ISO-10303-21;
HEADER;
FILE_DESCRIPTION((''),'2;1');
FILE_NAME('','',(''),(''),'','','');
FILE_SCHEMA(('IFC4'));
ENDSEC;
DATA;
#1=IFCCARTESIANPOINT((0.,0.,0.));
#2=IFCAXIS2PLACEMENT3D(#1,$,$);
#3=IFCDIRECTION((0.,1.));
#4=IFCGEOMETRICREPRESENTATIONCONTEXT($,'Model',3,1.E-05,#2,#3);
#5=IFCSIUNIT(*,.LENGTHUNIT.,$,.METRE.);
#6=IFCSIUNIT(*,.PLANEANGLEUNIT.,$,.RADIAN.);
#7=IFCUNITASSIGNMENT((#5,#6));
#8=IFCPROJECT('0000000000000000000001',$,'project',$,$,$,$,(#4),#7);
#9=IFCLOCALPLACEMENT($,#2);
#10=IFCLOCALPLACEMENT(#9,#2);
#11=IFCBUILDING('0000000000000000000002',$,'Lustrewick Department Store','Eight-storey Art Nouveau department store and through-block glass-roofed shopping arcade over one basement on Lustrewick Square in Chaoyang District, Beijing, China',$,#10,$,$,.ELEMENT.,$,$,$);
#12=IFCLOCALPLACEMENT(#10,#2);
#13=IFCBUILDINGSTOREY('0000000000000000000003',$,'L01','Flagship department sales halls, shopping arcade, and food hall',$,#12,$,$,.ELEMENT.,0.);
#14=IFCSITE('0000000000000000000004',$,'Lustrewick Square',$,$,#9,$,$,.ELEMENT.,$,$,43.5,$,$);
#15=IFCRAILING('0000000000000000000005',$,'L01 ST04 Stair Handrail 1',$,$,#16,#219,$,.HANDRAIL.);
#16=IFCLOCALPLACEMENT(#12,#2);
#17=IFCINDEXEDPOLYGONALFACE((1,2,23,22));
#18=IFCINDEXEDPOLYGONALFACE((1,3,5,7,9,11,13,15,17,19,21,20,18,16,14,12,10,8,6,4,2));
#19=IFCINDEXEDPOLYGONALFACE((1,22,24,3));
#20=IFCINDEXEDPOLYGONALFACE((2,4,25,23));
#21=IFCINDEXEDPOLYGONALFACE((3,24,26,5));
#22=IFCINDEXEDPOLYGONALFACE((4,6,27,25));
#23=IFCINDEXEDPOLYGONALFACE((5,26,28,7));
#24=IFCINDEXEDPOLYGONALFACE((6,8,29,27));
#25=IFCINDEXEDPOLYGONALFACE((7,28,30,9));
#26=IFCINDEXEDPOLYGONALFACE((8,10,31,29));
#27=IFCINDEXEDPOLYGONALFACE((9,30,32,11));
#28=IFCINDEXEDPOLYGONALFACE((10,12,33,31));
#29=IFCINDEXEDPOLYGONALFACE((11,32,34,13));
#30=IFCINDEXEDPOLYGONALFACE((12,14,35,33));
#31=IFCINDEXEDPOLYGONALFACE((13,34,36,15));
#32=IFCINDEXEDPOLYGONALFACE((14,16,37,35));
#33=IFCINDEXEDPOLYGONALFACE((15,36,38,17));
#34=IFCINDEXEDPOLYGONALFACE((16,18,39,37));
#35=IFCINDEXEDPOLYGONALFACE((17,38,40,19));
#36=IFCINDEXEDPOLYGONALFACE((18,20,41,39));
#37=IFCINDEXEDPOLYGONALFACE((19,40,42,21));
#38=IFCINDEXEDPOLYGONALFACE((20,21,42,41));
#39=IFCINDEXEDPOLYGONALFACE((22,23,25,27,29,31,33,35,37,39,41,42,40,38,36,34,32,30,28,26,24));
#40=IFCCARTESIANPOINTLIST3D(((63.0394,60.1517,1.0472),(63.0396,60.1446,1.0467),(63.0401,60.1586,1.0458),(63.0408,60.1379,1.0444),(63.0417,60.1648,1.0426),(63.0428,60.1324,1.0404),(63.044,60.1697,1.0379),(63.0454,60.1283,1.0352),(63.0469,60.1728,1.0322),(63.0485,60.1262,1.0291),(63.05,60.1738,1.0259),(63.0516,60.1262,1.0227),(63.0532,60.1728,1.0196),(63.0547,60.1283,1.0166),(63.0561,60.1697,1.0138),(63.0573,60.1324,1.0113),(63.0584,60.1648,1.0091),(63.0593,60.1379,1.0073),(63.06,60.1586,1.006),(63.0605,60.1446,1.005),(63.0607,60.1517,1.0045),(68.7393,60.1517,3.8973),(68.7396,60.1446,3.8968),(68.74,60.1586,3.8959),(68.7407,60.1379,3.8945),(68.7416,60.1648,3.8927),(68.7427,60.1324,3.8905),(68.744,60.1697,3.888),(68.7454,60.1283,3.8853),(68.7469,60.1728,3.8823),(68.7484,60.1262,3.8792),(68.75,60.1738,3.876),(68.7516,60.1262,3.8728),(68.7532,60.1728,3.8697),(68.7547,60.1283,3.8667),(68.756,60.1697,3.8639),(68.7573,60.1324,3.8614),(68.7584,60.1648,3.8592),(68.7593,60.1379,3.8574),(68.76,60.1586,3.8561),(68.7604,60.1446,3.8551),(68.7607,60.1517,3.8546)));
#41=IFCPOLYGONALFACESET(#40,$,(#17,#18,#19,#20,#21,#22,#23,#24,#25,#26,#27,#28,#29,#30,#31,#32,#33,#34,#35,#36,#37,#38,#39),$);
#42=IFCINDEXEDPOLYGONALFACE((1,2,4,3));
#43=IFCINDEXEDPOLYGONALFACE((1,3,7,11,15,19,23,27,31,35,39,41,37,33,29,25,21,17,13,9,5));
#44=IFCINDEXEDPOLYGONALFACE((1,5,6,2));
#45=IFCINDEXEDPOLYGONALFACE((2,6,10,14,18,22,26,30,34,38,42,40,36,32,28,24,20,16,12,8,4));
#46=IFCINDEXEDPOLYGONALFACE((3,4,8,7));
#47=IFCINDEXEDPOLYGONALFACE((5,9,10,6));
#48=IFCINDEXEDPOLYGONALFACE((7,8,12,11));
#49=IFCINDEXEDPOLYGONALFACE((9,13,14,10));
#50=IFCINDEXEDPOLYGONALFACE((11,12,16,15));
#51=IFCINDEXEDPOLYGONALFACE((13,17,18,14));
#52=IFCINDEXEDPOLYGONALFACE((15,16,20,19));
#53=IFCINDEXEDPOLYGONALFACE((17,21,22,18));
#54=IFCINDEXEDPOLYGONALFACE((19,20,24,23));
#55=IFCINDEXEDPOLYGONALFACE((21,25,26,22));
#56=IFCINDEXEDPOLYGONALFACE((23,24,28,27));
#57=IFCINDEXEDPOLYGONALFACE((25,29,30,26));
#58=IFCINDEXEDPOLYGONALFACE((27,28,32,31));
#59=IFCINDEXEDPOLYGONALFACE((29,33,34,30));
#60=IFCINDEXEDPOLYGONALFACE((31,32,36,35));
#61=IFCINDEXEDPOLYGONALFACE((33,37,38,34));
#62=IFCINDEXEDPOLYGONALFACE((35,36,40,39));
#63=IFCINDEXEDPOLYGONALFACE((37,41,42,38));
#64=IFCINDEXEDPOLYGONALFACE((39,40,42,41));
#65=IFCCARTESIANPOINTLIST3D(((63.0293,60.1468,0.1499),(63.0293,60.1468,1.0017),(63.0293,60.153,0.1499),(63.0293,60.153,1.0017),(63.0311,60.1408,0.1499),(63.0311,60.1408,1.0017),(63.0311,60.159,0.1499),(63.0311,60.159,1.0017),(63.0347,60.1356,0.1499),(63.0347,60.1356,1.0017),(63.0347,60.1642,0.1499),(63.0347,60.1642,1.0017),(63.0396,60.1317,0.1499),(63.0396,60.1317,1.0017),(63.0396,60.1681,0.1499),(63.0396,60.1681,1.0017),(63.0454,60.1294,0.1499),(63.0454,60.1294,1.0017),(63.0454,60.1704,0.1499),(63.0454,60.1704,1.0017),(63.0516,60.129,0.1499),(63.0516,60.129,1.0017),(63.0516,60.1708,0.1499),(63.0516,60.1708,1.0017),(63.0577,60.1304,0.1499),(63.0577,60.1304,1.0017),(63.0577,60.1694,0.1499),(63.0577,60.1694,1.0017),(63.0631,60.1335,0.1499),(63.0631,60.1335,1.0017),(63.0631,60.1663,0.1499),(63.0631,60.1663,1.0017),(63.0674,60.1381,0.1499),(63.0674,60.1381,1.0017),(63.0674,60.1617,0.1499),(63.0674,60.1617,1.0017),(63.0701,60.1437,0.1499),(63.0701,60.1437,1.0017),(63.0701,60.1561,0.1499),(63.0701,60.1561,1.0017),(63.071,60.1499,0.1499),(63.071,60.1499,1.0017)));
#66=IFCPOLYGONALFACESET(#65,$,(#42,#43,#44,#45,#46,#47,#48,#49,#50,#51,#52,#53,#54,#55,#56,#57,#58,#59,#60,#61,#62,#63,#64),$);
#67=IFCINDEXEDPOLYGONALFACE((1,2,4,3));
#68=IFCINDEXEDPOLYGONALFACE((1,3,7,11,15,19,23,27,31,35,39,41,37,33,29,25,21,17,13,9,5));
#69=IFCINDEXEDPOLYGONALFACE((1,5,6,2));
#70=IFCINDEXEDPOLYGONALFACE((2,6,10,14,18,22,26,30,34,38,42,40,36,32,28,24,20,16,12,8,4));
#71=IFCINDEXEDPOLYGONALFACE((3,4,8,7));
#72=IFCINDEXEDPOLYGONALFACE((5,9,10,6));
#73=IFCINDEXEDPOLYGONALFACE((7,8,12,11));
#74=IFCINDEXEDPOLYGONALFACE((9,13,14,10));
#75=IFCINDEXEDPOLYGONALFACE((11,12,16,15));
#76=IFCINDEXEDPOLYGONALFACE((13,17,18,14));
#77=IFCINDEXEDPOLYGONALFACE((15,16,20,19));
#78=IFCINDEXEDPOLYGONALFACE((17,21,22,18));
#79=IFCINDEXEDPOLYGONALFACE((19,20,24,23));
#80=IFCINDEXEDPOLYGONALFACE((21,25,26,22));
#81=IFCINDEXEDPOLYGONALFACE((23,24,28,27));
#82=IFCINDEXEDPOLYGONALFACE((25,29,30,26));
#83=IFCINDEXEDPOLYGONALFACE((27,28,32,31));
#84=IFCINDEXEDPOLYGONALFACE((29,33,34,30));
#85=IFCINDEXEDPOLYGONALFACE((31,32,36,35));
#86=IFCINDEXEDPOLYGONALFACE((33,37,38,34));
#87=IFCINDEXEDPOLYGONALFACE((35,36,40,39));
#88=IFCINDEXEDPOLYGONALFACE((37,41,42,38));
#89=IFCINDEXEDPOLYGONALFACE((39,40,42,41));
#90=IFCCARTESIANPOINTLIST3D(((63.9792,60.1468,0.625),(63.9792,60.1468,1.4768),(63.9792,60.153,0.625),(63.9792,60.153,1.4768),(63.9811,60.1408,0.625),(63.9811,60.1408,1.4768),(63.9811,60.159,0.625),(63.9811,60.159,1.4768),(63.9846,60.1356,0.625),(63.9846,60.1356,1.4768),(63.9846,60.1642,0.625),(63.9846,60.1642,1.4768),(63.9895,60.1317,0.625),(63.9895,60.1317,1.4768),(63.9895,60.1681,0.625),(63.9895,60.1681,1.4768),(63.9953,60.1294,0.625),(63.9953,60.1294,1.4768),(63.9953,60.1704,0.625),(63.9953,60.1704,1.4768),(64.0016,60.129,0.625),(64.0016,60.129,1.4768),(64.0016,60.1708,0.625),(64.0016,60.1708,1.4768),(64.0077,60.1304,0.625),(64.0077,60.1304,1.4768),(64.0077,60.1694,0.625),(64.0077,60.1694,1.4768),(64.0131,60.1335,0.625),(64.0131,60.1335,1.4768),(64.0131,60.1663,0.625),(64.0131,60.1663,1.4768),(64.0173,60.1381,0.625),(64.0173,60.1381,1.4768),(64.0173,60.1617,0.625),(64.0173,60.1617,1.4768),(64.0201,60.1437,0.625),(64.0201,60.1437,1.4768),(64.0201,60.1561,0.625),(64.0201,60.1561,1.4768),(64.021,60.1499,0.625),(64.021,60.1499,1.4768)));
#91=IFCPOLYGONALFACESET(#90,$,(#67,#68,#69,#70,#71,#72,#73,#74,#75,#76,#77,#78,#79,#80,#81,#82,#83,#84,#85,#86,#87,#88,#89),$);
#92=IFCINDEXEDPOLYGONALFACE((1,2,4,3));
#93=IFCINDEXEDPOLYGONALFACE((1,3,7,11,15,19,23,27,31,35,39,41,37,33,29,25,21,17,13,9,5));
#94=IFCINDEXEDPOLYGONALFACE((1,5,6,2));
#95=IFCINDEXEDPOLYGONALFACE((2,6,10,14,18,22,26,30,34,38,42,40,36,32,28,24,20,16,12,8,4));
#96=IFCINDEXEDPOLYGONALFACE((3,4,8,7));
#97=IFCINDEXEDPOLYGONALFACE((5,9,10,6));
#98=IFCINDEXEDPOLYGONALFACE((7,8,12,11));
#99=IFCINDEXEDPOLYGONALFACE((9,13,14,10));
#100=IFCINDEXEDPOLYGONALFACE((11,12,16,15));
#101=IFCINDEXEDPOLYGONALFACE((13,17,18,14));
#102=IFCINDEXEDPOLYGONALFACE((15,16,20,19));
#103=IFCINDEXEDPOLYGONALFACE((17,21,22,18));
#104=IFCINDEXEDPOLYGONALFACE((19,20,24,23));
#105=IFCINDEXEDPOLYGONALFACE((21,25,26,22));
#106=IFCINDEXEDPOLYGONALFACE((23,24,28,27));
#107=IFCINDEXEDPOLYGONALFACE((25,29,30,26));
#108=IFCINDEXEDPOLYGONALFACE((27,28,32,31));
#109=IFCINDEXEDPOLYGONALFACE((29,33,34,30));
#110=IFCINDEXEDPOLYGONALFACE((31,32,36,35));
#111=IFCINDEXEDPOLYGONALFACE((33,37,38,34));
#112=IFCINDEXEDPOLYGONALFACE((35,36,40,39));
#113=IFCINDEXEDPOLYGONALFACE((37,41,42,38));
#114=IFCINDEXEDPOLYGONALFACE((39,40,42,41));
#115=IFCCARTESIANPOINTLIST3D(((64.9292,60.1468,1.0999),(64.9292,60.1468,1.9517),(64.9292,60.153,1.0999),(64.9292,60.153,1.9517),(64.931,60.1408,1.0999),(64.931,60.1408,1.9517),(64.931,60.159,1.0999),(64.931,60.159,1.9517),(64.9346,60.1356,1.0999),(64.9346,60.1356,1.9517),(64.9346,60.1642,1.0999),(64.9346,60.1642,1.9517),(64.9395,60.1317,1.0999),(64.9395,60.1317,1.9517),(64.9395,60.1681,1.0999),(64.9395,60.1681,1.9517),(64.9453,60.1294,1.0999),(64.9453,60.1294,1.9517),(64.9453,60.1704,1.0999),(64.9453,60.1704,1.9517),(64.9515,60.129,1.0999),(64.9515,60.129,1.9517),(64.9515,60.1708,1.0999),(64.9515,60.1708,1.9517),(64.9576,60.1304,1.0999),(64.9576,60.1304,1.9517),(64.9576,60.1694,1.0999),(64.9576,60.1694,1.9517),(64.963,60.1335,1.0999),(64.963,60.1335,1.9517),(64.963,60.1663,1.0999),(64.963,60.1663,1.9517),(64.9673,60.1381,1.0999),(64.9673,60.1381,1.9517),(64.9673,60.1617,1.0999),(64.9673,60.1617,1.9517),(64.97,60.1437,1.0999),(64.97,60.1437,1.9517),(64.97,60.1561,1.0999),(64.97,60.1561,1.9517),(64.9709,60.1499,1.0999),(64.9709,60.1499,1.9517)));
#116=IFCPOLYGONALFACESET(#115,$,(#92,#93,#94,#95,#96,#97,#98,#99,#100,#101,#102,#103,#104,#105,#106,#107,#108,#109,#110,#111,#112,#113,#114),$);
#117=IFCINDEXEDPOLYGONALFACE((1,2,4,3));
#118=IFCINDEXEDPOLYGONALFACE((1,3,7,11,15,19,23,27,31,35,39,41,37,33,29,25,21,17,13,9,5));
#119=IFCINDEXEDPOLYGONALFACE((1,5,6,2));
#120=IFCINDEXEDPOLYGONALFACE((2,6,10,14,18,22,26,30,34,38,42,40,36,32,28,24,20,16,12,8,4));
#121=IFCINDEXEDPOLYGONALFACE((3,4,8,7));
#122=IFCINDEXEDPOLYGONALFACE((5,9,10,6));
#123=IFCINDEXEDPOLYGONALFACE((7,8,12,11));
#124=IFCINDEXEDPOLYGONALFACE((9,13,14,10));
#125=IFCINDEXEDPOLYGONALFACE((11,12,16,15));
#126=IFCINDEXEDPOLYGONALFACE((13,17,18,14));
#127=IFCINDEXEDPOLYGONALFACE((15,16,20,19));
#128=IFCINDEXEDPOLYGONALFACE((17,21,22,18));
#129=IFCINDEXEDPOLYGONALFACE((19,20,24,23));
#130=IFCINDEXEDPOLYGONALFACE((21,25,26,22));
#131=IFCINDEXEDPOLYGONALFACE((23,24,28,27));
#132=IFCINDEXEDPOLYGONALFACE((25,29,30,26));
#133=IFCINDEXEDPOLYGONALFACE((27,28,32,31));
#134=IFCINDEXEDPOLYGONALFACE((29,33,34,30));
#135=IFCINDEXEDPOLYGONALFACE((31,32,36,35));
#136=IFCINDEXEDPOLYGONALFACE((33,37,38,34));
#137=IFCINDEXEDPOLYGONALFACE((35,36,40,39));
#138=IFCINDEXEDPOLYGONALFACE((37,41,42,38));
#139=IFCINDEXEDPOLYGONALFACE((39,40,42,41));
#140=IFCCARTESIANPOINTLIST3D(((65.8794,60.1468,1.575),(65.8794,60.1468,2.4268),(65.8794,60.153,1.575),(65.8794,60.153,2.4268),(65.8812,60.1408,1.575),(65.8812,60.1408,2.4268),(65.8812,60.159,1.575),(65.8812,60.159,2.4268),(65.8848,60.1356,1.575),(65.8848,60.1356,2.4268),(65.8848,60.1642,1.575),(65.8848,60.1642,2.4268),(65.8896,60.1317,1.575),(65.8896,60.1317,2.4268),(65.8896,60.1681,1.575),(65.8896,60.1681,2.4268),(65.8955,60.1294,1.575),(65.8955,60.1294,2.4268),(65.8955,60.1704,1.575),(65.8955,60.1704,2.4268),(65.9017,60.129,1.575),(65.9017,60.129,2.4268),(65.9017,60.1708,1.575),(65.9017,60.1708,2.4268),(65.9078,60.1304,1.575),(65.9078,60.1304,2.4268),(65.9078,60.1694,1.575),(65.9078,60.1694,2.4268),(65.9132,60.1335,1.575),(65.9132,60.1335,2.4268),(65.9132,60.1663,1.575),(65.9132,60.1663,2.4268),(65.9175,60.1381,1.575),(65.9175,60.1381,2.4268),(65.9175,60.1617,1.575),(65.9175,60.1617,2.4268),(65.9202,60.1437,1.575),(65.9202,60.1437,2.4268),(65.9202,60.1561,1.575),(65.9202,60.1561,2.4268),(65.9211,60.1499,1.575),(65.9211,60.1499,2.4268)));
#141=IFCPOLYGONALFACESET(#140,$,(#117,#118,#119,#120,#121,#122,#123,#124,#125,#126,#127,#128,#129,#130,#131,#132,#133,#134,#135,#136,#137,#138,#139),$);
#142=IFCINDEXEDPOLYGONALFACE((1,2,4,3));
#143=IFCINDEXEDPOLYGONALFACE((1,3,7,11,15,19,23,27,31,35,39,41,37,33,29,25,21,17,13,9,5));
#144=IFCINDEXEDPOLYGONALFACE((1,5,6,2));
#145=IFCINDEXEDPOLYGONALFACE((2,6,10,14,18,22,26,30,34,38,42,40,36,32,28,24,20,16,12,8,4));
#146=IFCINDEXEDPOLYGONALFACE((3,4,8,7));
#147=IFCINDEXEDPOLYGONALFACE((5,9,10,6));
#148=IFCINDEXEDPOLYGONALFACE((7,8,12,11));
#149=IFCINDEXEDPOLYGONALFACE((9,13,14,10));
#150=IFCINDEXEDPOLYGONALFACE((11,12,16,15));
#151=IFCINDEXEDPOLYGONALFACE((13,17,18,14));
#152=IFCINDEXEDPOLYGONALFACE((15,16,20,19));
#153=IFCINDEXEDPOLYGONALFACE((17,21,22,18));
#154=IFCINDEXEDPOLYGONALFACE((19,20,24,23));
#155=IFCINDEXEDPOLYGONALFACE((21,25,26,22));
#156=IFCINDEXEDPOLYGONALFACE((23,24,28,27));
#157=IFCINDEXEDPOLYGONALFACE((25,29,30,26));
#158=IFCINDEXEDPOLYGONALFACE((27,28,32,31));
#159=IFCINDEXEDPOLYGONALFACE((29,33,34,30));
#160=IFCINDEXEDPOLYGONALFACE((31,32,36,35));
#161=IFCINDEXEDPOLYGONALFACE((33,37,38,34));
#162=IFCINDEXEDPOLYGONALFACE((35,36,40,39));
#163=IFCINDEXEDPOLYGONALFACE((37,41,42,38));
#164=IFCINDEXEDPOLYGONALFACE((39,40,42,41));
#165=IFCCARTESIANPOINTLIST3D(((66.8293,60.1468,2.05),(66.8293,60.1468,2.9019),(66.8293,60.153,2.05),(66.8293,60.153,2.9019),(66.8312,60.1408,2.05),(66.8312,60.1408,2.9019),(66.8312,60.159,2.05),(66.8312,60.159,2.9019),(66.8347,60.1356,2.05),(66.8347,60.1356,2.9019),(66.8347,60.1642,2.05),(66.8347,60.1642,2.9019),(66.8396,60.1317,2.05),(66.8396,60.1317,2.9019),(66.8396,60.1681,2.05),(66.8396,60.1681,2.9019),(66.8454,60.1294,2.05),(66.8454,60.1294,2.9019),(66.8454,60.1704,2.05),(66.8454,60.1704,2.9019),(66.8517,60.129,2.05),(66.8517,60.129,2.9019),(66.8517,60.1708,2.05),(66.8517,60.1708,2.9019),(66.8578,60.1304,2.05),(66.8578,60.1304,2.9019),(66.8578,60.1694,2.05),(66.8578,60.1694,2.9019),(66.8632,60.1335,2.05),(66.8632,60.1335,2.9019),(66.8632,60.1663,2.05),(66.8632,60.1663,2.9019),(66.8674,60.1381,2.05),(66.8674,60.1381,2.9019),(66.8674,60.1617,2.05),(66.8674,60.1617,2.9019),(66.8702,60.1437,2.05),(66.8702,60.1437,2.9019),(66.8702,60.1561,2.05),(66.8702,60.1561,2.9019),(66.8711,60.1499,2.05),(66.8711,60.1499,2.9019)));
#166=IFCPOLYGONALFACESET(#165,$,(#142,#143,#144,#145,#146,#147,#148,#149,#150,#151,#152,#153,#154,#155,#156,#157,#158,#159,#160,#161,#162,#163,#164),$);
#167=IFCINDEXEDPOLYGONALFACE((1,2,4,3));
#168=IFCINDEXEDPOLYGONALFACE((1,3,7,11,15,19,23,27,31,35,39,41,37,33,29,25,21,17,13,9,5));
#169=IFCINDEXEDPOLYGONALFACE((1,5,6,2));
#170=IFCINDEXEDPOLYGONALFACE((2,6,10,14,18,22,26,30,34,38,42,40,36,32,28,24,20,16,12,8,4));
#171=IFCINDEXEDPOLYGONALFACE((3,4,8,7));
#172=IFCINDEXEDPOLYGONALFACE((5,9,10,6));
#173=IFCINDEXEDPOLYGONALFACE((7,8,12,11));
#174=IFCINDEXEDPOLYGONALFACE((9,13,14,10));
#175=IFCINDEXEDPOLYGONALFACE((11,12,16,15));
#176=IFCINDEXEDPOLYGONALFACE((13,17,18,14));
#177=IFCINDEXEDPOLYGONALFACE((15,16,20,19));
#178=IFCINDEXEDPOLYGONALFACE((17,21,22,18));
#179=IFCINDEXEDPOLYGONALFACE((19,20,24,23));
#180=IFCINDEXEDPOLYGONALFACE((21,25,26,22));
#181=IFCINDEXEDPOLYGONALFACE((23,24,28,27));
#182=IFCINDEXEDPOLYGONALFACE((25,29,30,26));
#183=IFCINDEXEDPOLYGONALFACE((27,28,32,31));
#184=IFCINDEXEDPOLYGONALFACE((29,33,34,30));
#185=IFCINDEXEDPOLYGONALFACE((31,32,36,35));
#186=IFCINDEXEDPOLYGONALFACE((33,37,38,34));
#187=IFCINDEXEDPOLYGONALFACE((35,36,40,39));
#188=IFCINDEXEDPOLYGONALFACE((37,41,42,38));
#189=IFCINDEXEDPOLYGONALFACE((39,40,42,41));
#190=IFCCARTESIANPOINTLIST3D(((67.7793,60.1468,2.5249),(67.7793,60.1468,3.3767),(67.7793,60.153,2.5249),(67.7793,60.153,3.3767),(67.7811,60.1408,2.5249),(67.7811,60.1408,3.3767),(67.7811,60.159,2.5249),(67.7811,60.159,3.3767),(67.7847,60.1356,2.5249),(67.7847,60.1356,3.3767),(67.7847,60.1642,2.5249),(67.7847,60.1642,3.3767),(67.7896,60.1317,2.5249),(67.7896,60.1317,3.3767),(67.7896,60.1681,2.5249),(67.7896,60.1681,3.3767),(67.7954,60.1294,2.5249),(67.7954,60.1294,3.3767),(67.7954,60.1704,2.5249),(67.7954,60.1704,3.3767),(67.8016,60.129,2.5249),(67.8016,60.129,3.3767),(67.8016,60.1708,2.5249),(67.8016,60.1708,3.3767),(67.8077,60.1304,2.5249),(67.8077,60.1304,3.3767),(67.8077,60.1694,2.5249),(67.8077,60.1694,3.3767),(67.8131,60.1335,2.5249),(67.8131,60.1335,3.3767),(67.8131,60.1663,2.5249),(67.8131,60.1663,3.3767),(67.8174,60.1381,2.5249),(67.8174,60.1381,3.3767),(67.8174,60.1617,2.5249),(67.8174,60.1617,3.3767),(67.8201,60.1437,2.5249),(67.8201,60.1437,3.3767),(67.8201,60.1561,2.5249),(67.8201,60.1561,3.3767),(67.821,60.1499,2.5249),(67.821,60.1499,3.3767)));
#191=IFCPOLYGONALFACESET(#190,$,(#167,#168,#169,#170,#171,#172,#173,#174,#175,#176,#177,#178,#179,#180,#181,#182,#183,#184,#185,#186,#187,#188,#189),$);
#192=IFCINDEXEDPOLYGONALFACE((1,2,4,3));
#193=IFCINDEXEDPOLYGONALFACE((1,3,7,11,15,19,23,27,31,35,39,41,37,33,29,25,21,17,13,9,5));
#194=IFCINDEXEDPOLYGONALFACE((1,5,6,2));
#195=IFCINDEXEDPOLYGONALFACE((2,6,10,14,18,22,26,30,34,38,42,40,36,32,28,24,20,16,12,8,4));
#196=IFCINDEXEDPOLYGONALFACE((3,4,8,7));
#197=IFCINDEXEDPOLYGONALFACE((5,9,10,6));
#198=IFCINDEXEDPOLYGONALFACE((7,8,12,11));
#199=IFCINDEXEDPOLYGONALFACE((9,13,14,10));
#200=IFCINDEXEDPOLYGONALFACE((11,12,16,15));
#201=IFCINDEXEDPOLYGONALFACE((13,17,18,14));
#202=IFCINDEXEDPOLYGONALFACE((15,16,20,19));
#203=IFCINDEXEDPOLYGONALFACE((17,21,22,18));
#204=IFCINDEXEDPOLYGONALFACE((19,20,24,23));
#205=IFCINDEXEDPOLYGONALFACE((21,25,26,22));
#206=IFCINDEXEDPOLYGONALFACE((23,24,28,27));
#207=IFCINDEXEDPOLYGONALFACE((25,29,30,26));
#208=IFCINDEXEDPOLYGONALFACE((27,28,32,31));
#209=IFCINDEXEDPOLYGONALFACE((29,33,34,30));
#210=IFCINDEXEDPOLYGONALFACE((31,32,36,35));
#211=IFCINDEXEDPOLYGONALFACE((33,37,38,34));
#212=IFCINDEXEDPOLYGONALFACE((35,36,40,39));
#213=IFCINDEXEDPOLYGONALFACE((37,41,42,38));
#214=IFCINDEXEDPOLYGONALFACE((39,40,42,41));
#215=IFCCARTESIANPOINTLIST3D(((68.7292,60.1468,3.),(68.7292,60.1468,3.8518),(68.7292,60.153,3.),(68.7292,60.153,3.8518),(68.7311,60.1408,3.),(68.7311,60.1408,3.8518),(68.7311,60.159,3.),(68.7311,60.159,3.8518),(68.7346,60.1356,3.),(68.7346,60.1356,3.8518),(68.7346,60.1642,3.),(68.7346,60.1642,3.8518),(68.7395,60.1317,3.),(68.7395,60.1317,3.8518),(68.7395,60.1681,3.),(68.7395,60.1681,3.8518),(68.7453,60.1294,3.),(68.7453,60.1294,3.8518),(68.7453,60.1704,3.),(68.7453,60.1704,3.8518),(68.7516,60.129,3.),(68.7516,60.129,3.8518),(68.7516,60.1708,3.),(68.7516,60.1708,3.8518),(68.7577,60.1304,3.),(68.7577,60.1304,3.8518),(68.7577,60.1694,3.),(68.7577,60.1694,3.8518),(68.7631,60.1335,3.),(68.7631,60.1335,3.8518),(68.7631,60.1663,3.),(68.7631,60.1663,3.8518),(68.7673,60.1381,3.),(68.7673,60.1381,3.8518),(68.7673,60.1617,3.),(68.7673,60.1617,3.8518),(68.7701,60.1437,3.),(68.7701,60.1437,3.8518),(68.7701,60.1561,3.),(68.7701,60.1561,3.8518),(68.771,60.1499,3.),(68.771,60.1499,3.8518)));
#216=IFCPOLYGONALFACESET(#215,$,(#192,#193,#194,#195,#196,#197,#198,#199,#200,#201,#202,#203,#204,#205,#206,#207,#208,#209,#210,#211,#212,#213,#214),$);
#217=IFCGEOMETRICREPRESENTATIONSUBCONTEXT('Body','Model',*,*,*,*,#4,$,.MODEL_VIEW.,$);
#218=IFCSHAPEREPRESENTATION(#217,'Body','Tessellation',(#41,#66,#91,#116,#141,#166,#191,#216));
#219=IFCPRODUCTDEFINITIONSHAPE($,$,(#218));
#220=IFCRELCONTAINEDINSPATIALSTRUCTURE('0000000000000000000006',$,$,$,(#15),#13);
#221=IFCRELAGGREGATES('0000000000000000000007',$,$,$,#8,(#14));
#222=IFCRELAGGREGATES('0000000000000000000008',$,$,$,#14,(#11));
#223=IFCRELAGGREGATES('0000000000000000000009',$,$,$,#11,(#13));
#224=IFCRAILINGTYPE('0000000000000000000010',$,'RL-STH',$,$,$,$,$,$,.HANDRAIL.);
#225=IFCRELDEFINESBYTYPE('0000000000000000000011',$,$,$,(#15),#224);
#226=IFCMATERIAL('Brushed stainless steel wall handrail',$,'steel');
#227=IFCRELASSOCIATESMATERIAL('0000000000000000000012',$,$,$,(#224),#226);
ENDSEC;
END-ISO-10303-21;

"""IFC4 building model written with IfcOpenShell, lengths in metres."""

from ifc_helpers import new_model, si_unit, direction, frame, origin, origin_2d, place, context, subcontext, project, spatial, circle, extrude, material, type_object, element, save


model = new_model("IFC4")

# Units and contexts
model_context = context("Model", 3, precision=1e-05, world=origin(), true_north=direction((0.0, 1.0)))
body_context = subcontext(model_context, "Body", "Model", "MODEL_VIEW")
ifc_project = project(units=[si_unit("LENGTHUNIT", "METRE"), si_unit("PLANEANGLEUNIT", "RADIAN")], contexts=[model_context])

# Site, building, storey
site_placement = place(None, origin())
site = spatial("IfcSite", under=ifc_project, at=site_placement, Name="Lustrewick Square", CompositionType="ELEMENT", RefElevation=43.5)
building_placement = place(site_placement, origin())
building = spatial("IfcBuilding", under=site, at=building_placement, Name="Lustrewick Department Store", Description="Eight-storey Art Nouveau department store and through-block glass-roofed shopping arcade over one basement on Lustrewick Square in Chaoyang District, Beijing, China", CompositionType="ELEMENT")
storey_placement = place(building_placement, origin())
storey = spatial("IfcBuildingStorey", under=building, at=storey_placement, Name="L01", Description="Flagship department sales halls, shopping arcade, and food hall", CompositionType="ELEMENT", Elevation=0.0)

# Railing
ifc_material_1 = material(Name="Brushed stainless steel wall handrail", Category="steel")
railing_type_1 = type_object("IfcRailingType", Name="RL-STH", PredefinedType="HANDRAIL", material=ifc_material_1)
railing_1_placement = place(storey_placement, frame((63.05, 60.1499, 0.1499)))
element("IfcRailing", 1, at=railing_1_placement, inside=storey, type_object=railing_type_1, Name="L01 ST04 Stair Handrail 1", PredefinedType="HANDRAIL", context=body_context, shape_type="SweptSolid", body=[
    extrude(circle(Radius=0.0239, at=origin_2d()), frame((0.0, 0.0, 0.876), z_axis=(0.89442, 0.0, 0.447229), x_axis=(0.0, 1.0, 0.0)), (0.0, 0.0, 1.0), 6.3728),
    extrude(circle(Radius=0.021, at=origin_2d()), origin(), (0.0, 0.0, 1.0), 0.8518),
    extrude(circle(Radius=0.021, at=origin_2d()), frame((0.95, 0.0, 0.4751)), (0.0, 0.0, 1.0), 0.8518),
    extrude(circle(Radius=0.021, at=origin_2d()), frame((1.8999, 0.0, 0.95)), (0.0, 0.0, 1.0), 0.8518),
    extrude(circle(Radius=0.021, at=origin_2d()), frame((2.8501, 0.0, 1.425)), (0.0, 0.0, 1.0), 0.8518),
    extrude(circle(Radius=0.021, at=origin_2d()), frame((3.8, 0.0, 1.9001)), (0.0, 0.0, 1.0), 0.8518),
    extrude(circle(Radius=0.021, at=origin_2d()), frame((4.75, 0.0, 2.375)), (0.0, 0.0, 1.0), 0.8518),
    extrude(circle(Radius=0.021, at=origin_2d()), frame((5.7, 0.0, 2.8501)), (0.0, 0.0, 1.0), 0.8518),
])

save(model, "model.ifc")
